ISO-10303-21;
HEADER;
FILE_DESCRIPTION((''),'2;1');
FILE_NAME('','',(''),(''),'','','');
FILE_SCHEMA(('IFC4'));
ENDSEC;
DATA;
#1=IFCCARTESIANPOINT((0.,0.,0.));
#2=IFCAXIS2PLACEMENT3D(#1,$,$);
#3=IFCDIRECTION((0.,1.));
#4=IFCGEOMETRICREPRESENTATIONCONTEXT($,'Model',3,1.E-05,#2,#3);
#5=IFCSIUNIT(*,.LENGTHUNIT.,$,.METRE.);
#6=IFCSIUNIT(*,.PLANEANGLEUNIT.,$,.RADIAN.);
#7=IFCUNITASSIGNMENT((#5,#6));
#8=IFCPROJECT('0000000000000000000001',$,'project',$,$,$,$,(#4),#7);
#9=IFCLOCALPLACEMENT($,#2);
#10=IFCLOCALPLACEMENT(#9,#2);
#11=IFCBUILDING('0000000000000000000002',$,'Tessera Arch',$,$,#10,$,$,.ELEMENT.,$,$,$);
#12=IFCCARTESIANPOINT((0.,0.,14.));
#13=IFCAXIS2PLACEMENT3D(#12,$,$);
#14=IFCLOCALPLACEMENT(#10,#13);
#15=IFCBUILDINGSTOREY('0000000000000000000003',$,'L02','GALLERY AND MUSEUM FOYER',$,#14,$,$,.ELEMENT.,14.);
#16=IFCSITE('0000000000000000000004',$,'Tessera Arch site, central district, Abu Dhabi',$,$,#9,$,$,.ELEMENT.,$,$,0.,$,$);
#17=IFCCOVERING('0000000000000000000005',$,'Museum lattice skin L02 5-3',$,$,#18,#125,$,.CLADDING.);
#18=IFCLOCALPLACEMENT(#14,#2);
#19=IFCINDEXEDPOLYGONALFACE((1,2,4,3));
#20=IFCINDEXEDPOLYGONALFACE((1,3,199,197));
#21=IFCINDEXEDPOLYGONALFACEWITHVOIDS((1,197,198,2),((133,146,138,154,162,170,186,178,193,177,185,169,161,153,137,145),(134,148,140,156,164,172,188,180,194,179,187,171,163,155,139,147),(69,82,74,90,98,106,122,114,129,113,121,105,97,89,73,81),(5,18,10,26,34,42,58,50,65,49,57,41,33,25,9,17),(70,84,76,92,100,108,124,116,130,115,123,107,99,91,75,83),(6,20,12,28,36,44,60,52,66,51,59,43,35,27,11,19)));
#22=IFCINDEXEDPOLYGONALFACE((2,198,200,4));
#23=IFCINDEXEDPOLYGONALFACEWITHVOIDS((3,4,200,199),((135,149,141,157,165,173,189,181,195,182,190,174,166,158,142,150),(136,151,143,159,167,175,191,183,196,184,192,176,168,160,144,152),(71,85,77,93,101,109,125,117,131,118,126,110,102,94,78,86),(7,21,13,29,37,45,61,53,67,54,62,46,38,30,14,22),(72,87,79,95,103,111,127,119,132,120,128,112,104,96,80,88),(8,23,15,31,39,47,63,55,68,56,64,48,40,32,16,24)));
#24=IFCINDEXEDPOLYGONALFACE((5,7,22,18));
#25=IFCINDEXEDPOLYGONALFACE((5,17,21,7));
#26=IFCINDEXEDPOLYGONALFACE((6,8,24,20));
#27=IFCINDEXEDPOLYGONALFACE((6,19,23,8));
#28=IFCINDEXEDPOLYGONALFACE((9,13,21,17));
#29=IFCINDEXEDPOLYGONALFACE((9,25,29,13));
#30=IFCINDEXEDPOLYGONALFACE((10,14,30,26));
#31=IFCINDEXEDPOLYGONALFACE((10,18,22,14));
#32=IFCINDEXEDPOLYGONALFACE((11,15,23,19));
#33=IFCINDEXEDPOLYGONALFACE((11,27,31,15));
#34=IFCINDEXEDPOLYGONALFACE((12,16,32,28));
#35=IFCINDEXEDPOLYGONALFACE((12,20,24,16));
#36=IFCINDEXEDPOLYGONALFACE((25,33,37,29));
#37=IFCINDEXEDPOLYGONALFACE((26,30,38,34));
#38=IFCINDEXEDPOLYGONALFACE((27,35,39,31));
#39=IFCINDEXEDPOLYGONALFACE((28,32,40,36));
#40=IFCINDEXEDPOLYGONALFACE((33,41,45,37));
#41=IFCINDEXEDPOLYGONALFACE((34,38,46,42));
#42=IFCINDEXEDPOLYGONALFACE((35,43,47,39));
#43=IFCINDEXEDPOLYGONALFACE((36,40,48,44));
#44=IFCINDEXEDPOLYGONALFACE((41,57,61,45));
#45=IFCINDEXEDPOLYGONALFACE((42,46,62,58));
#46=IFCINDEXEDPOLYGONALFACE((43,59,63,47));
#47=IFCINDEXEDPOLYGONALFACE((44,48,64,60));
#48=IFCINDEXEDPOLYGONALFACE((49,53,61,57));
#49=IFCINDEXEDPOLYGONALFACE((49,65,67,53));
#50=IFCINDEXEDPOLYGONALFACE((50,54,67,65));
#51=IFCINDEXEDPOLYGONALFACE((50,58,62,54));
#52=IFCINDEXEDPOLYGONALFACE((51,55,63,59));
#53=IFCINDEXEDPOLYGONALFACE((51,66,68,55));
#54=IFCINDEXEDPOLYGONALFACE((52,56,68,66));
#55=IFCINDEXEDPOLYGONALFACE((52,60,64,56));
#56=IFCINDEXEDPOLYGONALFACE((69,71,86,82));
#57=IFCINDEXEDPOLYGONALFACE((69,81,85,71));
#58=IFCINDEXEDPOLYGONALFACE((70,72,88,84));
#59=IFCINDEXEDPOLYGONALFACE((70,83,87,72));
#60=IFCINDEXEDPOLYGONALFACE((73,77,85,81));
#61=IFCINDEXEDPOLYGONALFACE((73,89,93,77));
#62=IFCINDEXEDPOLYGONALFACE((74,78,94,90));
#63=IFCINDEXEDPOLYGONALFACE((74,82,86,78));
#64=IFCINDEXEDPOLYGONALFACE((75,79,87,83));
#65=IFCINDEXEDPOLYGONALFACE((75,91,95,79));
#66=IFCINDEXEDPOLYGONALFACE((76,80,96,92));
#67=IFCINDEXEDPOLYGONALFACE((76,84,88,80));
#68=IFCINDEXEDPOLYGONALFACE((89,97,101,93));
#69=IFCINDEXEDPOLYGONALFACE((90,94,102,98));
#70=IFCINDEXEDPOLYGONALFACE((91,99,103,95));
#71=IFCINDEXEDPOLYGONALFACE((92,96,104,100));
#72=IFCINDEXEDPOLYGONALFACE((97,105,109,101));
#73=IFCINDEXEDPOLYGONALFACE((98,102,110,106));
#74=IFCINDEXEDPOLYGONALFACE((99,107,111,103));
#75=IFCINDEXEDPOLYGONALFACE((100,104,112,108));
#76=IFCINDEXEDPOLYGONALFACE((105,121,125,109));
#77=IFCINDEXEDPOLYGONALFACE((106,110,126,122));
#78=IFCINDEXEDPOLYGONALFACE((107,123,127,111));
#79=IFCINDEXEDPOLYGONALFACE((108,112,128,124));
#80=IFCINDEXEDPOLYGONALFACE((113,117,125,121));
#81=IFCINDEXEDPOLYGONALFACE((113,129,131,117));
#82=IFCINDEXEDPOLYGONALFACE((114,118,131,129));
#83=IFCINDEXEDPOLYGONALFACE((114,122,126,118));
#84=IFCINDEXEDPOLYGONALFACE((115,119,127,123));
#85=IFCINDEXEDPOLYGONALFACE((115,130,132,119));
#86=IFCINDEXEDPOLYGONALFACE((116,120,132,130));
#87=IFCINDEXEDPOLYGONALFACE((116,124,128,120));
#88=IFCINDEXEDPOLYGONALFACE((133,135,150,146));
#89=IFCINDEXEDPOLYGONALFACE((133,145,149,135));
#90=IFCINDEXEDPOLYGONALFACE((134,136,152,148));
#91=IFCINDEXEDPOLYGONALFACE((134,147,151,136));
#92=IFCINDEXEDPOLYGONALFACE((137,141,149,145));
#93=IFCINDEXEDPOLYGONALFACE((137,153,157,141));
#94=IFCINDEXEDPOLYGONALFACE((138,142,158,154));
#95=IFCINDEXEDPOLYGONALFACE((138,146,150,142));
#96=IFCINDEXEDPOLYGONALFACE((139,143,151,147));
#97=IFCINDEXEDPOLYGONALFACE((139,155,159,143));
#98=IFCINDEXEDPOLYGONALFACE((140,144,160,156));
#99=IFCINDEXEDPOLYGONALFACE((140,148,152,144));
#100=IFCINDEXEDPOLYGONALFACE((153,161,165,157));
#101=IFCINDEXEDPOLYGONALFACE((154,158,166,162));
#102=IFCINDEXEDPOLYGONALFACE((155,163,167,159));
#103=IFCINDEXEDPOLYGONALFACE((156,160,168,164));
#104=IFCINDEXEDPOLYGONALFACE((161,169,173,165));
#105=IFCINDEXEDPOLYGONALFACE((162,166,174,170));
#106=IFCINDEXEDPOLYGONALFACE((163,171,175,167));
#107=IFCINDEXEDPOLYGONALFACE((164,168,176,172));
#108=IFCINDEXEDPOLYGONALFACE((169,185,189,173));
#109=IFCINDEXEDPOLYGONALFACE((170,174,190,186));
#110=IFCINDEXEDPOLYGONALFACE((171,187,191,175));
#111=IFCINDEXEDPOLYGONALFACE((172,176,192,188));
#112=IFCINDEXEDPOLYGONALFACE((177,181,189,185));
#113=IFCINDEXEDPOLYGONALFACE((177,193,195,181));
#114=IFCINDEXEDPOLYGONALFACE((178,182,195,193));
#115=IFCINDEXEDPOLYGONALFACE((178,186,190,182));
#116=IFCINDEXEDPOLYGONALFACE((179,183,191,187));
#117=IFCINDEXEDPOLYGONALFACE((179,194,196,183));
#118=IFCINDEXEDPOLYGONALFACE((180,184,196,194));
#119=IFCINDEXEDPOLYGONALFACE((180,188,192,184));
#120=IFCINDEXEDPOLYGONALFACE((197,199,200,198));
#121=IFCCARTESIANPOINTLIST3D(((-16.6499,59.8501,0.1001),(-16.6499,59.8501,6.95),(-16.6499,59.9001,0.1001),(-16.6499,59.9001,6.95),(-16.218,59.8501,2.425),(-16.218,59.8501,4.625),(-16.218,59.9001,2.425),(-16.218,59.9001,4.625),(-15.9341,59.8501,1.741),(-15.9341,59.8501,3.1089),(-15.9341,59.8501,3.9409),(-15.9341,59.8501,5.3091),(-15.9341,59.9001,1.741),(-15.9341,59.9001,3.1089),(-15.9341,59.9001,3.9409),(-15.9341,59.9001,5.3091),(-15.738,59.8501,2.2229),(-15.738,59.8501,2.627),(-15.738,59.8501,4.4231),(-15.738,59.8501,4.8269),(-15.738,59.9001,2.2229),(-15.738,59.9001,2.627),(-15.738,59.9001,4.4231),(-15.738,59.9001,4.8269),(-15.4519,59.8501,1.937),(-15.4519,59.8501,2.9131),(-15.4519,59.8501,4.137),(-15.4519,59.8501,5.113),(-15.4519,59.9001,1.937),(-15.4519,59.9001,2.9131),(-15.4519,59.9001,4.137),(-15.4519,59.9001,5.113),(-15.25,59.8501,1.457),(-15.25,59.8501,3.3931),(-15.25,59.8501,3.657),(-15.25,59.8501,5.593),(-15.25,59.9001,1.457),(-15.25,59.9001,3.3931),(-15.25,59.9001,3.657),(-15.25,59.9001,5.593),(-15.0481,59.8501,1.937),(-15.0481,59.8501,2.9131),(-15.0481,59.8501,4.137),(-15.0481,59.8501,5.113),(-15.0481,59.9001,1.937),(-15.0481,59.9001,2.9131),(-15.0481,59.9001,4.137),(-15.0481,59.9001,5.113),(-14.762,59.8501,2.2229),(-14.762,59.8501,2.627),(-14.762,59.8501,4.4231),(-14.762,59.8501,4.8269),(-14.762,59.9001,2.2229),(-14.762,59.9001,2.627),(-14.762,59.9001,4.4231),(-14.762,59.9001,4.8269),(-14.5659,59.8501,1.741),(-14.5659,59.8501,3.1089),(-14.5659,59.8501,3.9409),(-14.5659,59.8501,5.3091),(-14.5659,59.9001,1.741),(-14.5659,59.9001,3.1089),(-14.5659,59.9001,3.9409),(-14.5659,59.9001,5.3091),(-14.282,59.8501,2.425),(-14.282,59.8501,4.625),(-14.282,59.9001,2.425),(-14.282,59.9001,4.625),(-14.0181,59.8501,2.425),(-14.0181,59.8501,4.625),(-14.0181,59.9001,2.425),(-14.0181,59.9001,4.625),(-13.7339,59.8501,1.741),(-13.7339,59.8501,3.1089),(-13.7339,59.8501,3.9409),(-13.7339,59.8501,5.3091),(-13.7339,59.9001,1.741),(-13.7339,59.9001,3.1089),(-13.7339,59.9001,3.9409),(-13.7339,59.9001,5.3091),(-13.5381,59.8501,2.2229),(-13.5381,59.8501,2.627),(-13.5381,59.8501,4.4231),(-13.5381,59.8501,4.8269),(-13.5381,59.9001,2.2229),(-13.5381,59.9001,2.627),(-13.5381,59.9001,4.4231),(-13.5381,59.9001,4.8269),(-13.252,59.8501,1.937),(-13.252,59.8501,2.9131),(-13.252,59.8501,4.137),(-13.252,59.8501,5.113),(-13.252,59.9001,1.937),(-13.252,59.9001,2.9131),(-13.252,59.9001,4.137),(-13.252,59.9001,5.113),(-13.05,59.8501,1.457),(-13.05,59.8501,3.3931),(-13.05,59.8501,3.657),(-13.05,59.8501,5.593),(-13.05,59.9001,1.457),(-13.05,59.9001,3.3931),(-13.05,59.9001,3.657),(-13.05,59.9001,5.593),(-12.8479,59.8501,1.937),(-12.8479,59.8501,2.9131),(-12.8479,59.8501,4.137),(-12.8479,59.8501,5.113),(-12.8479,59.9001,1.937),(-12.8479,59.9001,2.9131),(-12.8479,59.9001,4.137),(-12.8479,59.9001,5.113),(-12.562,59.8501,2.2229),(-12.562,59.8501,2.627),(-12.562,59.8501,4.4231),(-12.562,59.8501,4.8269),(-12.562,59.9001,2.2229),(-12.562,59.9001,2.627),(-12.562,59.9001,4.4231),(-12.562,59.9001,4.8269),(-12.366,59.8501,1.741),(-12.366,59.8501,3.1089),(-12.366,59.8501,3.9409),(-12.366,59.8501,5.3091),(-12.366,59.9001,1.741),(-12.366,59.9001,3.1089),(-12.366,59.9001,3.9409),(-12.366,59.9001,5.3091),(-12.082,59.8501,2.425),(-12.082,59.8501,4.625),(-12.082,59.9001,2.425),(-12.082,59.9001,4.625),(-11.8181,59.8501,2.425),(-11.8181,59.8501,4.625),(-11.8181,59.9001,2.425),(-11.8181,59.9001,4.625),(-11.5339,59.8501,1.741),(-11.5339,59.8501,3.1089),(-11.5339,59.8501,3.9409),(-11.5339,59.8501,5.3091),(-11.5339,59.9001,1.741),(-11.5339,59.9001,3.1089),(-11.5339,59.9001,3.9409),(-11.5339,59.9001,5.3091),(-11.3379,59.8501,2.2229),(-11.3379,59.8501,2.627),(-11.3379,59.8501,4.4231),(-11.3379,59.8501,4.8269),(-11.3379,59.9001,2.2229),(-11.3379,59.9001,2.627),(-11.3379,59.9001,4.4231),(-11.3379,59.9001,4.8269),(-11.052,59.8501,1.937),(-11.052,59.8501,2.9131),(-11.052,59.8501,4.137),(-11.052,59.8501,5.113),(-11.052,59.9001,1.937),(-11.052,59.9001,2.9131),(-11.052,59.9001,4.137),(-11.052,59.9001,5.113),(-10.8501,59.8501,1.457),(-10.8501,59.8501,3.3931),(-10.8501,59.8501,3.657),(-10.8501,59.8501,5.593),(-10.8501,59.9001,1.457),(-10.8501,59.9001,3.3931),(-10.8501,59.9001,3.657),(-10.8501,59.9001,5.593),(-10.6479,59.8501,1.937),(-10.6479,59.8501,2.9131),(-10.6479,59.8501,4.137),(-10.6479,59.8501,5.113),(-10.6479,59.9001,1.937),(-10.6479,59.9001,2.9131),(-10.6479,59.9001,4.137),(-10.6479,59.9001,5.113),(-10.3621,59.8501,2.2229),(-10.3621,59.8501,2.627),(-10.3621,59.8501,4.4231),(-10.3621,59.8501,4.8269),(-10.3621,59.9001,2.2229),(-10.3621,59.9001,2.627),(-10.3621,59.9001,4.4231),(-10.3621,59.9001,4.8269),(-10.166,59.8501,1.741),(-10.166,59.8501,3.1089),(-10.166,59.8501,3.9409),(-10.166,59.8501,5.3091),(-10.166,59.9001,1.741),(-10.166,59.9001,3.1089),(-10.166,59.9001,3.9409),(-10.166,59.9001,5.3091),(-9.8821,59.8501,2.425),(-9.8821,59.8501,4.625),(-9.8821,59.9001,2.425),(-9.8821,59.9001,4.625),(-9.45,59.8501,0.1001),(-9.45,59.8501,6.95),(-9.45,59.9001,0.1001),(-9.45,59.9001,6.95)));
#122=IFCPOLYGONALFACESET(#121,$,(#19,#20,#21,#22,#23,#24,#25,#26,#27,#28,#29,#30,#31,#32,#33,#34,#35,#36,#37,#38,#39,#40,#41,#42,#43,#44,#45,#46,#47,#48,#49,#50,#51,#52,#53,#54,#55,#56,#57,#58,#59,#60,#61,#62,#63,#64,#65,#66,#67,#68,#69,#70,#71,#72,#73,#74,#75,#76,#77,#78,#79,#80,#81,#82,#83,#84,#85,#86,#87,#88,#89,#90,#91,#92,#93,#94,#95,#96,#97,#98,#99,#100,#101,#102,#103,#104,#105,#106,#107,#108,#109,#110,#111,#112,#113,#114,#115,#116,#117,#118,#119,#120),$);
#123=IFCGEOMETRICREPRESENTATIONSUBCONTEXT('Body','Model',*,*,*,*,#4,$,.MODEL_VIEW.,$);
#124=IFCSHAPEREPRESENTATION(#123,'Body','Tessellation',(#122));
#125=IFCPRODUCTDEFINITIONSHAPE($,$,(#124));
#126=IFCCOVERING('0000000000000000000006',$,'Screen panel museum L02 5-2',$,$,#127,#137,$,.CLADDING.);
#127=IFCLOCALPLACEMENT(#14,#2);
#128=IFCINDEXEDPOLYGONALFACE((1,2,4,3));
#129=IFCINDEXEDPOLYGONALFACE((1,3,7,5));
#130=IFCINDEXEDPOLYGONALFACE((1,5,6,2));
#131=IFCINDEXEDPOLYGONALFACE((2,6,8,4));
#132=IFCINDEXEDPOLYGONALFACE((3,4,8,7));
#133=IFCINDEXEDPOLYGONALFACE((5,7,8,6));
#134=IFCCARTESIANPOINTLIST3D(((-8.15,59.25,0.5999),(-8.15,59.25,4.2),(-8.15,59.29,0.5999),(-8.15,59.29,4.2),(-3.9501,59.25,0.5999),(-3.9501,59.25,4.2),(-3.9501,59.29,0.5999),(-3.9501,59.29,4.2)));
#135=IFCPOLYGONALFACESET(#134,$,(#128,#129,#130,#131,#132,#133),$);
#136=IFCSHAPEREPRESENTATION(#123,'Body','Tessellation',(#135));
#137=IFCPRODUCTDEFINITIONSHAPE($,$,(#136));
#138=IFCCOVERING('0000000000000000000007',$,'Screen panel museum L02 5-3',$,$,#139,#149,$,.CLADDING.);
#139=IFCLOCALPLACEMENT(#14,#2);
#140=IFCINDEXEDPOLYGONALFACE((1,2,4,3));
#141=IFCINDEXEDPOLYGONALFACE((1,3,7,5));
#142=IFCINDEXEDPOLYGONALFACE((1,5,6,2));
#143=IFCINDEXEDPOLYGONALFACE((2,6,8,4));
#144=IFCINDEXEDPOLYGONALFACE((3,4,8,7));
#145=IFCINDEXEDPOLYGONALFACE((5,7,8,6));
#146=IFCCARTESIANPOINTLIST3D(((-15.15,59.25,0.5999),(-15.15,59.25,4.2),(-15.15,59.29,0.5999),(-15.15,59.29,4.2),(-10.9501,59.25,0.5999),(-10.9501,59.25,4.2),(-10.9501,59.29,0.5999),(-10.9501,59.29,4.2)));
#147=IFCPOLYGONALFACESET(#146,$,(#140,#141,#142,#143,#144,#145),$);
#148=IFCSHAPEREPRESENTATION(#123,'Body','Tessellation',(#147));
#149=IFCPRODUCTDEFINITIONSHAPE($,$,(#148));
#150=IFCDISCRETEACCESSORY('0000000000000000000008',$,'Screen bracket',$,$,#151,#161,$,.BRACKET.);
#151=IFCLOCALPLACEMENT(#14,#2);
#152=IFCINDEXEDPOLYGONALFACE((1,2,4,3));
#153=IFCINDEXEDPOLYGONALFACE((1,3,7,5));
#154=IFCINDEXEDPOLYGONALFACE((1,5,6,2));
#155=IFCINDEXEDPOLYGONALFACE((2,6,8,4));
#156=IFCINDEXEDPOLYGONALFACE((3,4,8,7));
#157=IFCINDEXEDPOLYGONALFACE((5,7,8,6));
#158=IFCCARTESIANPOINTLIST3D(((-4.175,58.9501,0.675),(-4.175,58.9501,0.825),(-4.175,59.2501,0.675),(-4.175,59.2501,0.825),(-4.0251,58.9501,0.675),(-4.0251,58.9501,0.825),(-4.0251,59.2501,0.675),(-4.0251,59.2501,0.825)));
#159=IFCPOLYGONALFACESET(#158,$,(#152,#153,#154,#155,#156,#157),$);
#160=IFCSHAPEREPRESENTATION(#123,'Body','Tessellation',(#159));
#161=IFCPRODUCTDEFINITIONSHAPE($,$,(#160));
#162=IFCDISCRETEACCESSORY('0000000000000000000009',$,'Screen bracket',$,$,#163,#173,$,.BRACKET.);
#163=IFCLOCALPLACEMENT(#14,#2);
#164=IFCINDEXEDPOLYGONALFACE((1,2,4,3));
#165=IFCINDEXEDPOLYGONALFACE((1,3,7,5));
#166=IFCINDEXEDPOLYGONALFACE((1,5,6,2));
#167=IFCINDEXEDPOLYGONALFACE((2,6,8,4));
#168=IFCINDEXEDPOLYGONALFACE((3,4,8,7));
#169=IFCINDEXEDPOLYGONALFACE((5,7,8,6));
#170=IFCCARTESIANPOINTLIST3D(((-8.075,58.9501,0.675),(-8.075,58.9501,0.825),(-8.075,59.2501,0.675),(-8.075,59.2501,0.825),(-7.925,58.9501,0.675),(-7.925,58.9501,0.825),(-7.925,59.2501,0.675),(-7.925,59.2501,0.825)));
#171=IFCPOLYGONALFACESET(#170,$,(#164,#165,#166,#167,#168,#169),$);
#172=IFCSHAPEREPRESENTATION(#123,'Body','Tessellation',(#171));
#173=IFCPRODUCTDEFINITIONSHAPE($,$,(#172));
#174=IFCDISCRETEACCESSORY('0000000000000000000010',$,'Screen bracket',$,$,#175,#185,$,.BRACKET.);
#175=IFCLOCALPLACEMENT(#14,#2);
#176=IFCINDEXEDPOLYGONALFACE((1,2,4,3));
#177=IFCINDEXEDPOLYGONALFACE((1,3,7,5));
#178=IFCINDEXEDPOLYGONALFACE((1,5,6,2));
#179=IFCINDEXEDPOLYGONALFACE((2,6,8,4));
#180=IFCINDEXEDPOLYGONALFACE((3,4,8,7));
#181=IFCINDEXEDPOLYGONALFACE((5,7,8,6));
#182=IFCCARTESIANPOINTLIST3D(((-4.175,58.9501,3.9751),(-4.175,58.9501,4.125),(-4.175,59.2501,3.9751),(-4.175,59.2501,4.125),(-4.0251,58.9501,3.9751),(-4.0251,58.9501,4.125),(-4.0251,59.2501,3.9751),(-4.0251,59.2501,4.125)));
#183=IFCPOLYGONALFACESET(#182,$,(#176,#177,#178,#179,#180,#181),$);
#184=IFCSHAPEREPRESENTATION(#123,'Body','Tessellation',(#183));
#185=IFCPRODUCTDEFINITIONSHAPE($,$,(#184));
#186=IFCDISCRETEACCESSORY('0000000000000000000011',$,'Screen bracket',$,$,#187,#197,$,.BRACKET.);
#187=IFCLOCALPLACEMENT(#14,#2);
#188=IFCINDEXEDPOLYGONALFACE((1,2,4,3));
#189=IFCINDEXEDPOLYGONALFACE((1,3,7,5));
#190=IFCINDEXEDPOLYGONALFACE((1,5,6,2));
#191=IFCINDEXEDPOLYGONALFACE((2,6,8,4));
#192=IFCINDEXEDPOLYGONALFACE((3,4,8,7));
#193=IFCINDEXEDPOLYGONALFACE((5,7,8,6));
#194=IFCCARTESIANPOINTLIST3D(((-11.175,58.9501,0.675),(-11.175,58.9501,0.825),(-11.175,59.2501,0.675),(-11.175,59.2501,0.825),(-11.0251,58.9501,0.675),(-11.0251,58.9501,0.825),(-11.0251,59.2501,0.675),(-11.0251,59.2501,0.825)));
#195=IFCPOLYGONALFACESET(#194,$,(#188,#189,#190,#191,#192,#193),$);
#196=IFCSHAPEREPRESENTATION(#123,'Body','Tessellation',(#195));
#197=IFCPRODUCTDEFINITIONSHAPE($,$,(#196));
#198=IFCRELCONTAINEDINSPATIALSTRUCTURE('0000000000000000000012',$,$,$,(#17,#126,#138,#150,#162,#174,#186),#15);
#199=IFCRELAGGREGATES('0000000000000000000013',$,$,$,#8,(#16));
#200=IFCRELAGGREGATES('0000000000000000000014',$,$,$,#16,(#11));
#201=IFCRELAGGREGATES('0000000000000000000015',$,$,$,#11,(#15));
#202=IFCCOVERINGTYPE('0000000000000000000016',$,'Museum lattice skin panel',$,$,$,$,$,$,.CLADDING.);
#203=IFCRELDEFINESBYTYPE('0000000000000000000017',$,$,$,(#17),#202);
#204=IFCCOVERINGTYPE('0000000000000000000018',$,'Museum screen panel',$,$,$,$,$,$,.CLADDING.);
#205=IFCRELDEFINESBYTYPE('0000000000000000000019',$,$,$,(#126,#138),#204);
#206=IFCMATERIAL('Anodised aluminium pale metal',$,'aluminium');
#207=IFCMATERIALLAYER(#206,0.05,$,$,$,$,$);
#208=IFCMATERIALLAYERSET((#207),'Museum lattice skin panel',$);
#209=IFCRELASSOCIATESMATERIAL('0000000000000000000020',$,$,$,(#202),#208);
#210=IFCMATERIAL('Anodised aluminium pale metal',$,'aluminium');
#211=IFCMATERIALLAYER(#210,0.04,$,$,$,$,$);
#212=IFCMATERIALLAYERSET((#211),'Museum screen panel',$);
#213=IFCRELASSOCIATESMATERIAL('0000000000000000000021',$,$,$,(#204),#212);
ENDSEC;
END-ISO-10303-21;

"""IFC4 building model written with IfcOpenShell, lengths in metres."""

from ifc_helpers import new_model, si_unit, direction, frame, origin, origin_2d, place, context, subcontext, project, spatial, polyline, rectangle, outline, extrude, material, layer, layer_set, type_object, element, save


model = new_model("IFC4")

# Units and contexts
model_context = context("Model", 3, precision=1e-05, world=origin(), true_north=direction((0.0, 1.0)))
body_context = subcontext(model_context, "Body", "Model", "MODEL_VIEW")
ifc_project = project(units=[si_unit("LENGTHUNIT", "METRE"), si_unit("PLANEANGLEUNIT", "RADIAN")], contexts=[model_context])

# Site, building, storey
site_placement = place(None, origin())
site = spatial("IfcSite", under=ifc_project, at=site_placement, Name="Tessera Arch site, central district, Abu Dhabi", CompositionType="ELEMENT", RefElevation=0.0)
building_placement = place(site_placement, origin())
building = spatial("IfcBuilding", under=site, at=building_placement, Name="Tessera Arch", CompositionType="ELEMENT")
storey_placement = place(building_placement, frame((0.0, 0.0, 14.0)))
storey = spatial("IfcBuildingStorey", under=building, at=storey_placement, Name="L02", Description="GALLERY AND MUSEUM FOYER", CompositionType="ELEMENT", Elevation=14.0)

# Coverings
ifc_material_1 = material(Name="Anodised aluminium pale metal", Category="aluminium")
ifc_layer_1 = layer(ifc_material_1, 0.05)
ifc_layer_set_1 = layer_set([ifc_layer_1], Name="Museum lattice skin panel")
covering_type_1 = type_object("IfcCoveringType", Name="Museum lattice skin panel", PredefinedType="CLADDING", material=ifc_layer_set_1)
covering_1_placement = place(storey_placement, frame((-9.45, 59.8501, 6.95), z_axis=(0.0, -1.0, 0.0), x_axis=(-1.0, 0.0, 0.0)))
element("IfcCovering", 1, at=covering_1_placement, inside=storey, type_object=covering_type_1, Name="Museum lattice skin L02 5-3", PredefinedType="CLADDING", context=body_context, shape_type="SweptSolid", body=[
    extrude(outline(polyline([(0.0, 0.0), (7.2, 0.0), (7.2, 6.8499), (0.0, 6.8499), (0.0, 0.0)]), holes=[polyline([(2.3682, 4.5249), (1.8879, 4.323), (2.084, 3.8411), (1.6021, 4.0369), (1.4001, 3.5569), (1.198, 4.0369), (0.7161, 3.8411), (0.9121, 4.323), (0.4321, 4.5249), (0.9121, 4.7271), (0.7161, 5.209), (1.198, 5.0129), (1.4001, 5.4929), (1.6021, 5.0129), (2.084, 5.209), (1.8879, 4.7271), (2.3682, 4.5249)]), polyline([(2.3682, 2.325), (1.8879, 2.123), (2.084, 1.6409), (1.6021, 1.8369), (1.4001, 1.3569), (1.198, 1.8369), (0.7161, 1.6409), (0.9121, 2.123), (0.4321, 2.325), (0.9121, 2.5269), (0.7161, 3.009), (1.198, 2.813), (1.4001, 3.293), (1.6021, 2.813), (2.084, 3.009), (1.8879, 2.5269), (2.3682, 2.325)]), polyline([(4.5681, 4.5249), (4.0881, 4.323), (4.2839, 3.8411), (3.802, 4.0369), (3.6001, 3.5569), (3.3979, 4.0369), (2.916, 3.8411), (3.1121, 4.323), (2.6321, 4.5249), (3.1121, 4.7271), (2.916, 5.209), (3.3979, 5.0129), (3.6001, 5.4929), (3.802, 5.0129), (4.2839, 5.209), (4.0881, 4.7271), (4.5681, 4.5249)]), polyline([(4.5681, 2.325), (4.0881, 2.123), (4.2839, 1.6409), (3.802, 1.8369), (3.6001, 1.3569), (3.3979, 1.8369), (2.916, 1.6409), (3.1121, 2.123), (2.6321, 2.325), (3.1121, 2.5269), (2.916, 3.009), (3.3979, 2.813), (3.6001, 3.293), (3.802, 2.813), (4.2839, 3.009), (4.0881, 2.5269), (4.5681, 2.325)]), polyline([(6.7681, 4.5249), (6.2881, 4.323), (6.4841, 3.8411), (6.002, 4.0369), (5.8, 3.5569), (5.5981, 4.0369), (5.116, 3.8411), (5.312, 4.323), (4.832, 4.5249), (5.312, 4.7271), (5.116, 5.209), (5.5981, 5.0129), (5.8, 5.4929), (6.002, 5.0129), (6.4841, 5.209), (6.2881, 4.7271), (6.7681, 4.5249)]), polyline([(6.7681, 2.325), (6.2881, 2.123), (6.4841, 1.6409), (6.002, 1.8369), (5.8, 1.3569), (5.5981, 1.8369), (5.116, 1.6409), (5.312, 2.123), (4.832, 2.325), (5.312, 2.5269), (5.116, 3.009), (5.5981, 2.813), (5.8, 3.293), (6.002, 2.813), (6.4841, 3.009), (6.2881, 2.5269), (6.7681, 2.325)])]), origin(), (0.0, 0.0, -1.0), 0.05),
])
ifc_material_2 = material(Name="Anodised aluminium pale metal", Category="aluminium")
ifc_layer_2 = layer(ifc_material_2, 0.04)
ifc_layer_set_2 = layer_set([ifc_layer_2], Name="Museum screen panel")
covering_type_2 = type_object("IfcCoveringType", Name="Museum screen panel", PredefinedType="CLADDING", material=ifc_layer_set_2)
for number, where, z_axis, x_axis, name in (
    (2, (-6.05, 59.27, 0.5999), (0.0, 0.0, 1.0), (-1.0, 0.0, 0.0), "Screen panel museum L02 5-2"),
    (3, (-13.05, 59.27, 0.5999), (0.0, 0.0, 1.0), (-1.0, 0.0, 0.0), "Screen panel museum L02 5-3"),
):
    element("IfcCovering", number, at=place(storey_placement, frame(where, z_axis=z_axis, x_axis=x_axis)), inside=storey, type_object=covering_type_2, Name=name, PredefinedType="CLADDING", context=body_context, shape_type="SweptSolid", body=[
        extrude(rectangle(XDim=4.2, YDim=0.04, at=origin_2d()), origin(), (0.0, 0.0, 1.0), 3.6001),
    ])

# Discrete accessories
for number, where, z_axis, x_axis, name in (
    (4, (-4.1001, 59.1001, 0.675), (0.0, 0.0, 1.0), (0.0, 1.0, 0.0), "Screen bracket"),
    (5, (-8.0, 59.1001, 0.675), (0.0, 0.0, 1.0), (0.0, 1.0, 0.0), "Screen bracket"),
    (6, (-4.1001, 59.1001, 3.9751), (0.0, 0.0, 1.0), (0.0, 1.0, 0.0), "Screen bracket"),
    (7, (-11.1001, 59.1001, 0.675), (0.0, 0.0, 1.0), (0.0, 1.0, 0.0), "Screen bracket"),
):
    element("IfcDiscreteAccessory", number, at=place(storey_placement, frame(where, z_axis=z_axis, x_axis=x_axis)), inside=storey, Name=name, PredefinedType="BRACKET", context=body_context, shape_type="SweptSolid", body=[
        extrude(rectangle(XDim=0.3, YDim=0.1499, at=origin_2d()), origin(), (0.0, 0.0, 1.0), 0.1499),
    ])

save(model, "model.ifc")
